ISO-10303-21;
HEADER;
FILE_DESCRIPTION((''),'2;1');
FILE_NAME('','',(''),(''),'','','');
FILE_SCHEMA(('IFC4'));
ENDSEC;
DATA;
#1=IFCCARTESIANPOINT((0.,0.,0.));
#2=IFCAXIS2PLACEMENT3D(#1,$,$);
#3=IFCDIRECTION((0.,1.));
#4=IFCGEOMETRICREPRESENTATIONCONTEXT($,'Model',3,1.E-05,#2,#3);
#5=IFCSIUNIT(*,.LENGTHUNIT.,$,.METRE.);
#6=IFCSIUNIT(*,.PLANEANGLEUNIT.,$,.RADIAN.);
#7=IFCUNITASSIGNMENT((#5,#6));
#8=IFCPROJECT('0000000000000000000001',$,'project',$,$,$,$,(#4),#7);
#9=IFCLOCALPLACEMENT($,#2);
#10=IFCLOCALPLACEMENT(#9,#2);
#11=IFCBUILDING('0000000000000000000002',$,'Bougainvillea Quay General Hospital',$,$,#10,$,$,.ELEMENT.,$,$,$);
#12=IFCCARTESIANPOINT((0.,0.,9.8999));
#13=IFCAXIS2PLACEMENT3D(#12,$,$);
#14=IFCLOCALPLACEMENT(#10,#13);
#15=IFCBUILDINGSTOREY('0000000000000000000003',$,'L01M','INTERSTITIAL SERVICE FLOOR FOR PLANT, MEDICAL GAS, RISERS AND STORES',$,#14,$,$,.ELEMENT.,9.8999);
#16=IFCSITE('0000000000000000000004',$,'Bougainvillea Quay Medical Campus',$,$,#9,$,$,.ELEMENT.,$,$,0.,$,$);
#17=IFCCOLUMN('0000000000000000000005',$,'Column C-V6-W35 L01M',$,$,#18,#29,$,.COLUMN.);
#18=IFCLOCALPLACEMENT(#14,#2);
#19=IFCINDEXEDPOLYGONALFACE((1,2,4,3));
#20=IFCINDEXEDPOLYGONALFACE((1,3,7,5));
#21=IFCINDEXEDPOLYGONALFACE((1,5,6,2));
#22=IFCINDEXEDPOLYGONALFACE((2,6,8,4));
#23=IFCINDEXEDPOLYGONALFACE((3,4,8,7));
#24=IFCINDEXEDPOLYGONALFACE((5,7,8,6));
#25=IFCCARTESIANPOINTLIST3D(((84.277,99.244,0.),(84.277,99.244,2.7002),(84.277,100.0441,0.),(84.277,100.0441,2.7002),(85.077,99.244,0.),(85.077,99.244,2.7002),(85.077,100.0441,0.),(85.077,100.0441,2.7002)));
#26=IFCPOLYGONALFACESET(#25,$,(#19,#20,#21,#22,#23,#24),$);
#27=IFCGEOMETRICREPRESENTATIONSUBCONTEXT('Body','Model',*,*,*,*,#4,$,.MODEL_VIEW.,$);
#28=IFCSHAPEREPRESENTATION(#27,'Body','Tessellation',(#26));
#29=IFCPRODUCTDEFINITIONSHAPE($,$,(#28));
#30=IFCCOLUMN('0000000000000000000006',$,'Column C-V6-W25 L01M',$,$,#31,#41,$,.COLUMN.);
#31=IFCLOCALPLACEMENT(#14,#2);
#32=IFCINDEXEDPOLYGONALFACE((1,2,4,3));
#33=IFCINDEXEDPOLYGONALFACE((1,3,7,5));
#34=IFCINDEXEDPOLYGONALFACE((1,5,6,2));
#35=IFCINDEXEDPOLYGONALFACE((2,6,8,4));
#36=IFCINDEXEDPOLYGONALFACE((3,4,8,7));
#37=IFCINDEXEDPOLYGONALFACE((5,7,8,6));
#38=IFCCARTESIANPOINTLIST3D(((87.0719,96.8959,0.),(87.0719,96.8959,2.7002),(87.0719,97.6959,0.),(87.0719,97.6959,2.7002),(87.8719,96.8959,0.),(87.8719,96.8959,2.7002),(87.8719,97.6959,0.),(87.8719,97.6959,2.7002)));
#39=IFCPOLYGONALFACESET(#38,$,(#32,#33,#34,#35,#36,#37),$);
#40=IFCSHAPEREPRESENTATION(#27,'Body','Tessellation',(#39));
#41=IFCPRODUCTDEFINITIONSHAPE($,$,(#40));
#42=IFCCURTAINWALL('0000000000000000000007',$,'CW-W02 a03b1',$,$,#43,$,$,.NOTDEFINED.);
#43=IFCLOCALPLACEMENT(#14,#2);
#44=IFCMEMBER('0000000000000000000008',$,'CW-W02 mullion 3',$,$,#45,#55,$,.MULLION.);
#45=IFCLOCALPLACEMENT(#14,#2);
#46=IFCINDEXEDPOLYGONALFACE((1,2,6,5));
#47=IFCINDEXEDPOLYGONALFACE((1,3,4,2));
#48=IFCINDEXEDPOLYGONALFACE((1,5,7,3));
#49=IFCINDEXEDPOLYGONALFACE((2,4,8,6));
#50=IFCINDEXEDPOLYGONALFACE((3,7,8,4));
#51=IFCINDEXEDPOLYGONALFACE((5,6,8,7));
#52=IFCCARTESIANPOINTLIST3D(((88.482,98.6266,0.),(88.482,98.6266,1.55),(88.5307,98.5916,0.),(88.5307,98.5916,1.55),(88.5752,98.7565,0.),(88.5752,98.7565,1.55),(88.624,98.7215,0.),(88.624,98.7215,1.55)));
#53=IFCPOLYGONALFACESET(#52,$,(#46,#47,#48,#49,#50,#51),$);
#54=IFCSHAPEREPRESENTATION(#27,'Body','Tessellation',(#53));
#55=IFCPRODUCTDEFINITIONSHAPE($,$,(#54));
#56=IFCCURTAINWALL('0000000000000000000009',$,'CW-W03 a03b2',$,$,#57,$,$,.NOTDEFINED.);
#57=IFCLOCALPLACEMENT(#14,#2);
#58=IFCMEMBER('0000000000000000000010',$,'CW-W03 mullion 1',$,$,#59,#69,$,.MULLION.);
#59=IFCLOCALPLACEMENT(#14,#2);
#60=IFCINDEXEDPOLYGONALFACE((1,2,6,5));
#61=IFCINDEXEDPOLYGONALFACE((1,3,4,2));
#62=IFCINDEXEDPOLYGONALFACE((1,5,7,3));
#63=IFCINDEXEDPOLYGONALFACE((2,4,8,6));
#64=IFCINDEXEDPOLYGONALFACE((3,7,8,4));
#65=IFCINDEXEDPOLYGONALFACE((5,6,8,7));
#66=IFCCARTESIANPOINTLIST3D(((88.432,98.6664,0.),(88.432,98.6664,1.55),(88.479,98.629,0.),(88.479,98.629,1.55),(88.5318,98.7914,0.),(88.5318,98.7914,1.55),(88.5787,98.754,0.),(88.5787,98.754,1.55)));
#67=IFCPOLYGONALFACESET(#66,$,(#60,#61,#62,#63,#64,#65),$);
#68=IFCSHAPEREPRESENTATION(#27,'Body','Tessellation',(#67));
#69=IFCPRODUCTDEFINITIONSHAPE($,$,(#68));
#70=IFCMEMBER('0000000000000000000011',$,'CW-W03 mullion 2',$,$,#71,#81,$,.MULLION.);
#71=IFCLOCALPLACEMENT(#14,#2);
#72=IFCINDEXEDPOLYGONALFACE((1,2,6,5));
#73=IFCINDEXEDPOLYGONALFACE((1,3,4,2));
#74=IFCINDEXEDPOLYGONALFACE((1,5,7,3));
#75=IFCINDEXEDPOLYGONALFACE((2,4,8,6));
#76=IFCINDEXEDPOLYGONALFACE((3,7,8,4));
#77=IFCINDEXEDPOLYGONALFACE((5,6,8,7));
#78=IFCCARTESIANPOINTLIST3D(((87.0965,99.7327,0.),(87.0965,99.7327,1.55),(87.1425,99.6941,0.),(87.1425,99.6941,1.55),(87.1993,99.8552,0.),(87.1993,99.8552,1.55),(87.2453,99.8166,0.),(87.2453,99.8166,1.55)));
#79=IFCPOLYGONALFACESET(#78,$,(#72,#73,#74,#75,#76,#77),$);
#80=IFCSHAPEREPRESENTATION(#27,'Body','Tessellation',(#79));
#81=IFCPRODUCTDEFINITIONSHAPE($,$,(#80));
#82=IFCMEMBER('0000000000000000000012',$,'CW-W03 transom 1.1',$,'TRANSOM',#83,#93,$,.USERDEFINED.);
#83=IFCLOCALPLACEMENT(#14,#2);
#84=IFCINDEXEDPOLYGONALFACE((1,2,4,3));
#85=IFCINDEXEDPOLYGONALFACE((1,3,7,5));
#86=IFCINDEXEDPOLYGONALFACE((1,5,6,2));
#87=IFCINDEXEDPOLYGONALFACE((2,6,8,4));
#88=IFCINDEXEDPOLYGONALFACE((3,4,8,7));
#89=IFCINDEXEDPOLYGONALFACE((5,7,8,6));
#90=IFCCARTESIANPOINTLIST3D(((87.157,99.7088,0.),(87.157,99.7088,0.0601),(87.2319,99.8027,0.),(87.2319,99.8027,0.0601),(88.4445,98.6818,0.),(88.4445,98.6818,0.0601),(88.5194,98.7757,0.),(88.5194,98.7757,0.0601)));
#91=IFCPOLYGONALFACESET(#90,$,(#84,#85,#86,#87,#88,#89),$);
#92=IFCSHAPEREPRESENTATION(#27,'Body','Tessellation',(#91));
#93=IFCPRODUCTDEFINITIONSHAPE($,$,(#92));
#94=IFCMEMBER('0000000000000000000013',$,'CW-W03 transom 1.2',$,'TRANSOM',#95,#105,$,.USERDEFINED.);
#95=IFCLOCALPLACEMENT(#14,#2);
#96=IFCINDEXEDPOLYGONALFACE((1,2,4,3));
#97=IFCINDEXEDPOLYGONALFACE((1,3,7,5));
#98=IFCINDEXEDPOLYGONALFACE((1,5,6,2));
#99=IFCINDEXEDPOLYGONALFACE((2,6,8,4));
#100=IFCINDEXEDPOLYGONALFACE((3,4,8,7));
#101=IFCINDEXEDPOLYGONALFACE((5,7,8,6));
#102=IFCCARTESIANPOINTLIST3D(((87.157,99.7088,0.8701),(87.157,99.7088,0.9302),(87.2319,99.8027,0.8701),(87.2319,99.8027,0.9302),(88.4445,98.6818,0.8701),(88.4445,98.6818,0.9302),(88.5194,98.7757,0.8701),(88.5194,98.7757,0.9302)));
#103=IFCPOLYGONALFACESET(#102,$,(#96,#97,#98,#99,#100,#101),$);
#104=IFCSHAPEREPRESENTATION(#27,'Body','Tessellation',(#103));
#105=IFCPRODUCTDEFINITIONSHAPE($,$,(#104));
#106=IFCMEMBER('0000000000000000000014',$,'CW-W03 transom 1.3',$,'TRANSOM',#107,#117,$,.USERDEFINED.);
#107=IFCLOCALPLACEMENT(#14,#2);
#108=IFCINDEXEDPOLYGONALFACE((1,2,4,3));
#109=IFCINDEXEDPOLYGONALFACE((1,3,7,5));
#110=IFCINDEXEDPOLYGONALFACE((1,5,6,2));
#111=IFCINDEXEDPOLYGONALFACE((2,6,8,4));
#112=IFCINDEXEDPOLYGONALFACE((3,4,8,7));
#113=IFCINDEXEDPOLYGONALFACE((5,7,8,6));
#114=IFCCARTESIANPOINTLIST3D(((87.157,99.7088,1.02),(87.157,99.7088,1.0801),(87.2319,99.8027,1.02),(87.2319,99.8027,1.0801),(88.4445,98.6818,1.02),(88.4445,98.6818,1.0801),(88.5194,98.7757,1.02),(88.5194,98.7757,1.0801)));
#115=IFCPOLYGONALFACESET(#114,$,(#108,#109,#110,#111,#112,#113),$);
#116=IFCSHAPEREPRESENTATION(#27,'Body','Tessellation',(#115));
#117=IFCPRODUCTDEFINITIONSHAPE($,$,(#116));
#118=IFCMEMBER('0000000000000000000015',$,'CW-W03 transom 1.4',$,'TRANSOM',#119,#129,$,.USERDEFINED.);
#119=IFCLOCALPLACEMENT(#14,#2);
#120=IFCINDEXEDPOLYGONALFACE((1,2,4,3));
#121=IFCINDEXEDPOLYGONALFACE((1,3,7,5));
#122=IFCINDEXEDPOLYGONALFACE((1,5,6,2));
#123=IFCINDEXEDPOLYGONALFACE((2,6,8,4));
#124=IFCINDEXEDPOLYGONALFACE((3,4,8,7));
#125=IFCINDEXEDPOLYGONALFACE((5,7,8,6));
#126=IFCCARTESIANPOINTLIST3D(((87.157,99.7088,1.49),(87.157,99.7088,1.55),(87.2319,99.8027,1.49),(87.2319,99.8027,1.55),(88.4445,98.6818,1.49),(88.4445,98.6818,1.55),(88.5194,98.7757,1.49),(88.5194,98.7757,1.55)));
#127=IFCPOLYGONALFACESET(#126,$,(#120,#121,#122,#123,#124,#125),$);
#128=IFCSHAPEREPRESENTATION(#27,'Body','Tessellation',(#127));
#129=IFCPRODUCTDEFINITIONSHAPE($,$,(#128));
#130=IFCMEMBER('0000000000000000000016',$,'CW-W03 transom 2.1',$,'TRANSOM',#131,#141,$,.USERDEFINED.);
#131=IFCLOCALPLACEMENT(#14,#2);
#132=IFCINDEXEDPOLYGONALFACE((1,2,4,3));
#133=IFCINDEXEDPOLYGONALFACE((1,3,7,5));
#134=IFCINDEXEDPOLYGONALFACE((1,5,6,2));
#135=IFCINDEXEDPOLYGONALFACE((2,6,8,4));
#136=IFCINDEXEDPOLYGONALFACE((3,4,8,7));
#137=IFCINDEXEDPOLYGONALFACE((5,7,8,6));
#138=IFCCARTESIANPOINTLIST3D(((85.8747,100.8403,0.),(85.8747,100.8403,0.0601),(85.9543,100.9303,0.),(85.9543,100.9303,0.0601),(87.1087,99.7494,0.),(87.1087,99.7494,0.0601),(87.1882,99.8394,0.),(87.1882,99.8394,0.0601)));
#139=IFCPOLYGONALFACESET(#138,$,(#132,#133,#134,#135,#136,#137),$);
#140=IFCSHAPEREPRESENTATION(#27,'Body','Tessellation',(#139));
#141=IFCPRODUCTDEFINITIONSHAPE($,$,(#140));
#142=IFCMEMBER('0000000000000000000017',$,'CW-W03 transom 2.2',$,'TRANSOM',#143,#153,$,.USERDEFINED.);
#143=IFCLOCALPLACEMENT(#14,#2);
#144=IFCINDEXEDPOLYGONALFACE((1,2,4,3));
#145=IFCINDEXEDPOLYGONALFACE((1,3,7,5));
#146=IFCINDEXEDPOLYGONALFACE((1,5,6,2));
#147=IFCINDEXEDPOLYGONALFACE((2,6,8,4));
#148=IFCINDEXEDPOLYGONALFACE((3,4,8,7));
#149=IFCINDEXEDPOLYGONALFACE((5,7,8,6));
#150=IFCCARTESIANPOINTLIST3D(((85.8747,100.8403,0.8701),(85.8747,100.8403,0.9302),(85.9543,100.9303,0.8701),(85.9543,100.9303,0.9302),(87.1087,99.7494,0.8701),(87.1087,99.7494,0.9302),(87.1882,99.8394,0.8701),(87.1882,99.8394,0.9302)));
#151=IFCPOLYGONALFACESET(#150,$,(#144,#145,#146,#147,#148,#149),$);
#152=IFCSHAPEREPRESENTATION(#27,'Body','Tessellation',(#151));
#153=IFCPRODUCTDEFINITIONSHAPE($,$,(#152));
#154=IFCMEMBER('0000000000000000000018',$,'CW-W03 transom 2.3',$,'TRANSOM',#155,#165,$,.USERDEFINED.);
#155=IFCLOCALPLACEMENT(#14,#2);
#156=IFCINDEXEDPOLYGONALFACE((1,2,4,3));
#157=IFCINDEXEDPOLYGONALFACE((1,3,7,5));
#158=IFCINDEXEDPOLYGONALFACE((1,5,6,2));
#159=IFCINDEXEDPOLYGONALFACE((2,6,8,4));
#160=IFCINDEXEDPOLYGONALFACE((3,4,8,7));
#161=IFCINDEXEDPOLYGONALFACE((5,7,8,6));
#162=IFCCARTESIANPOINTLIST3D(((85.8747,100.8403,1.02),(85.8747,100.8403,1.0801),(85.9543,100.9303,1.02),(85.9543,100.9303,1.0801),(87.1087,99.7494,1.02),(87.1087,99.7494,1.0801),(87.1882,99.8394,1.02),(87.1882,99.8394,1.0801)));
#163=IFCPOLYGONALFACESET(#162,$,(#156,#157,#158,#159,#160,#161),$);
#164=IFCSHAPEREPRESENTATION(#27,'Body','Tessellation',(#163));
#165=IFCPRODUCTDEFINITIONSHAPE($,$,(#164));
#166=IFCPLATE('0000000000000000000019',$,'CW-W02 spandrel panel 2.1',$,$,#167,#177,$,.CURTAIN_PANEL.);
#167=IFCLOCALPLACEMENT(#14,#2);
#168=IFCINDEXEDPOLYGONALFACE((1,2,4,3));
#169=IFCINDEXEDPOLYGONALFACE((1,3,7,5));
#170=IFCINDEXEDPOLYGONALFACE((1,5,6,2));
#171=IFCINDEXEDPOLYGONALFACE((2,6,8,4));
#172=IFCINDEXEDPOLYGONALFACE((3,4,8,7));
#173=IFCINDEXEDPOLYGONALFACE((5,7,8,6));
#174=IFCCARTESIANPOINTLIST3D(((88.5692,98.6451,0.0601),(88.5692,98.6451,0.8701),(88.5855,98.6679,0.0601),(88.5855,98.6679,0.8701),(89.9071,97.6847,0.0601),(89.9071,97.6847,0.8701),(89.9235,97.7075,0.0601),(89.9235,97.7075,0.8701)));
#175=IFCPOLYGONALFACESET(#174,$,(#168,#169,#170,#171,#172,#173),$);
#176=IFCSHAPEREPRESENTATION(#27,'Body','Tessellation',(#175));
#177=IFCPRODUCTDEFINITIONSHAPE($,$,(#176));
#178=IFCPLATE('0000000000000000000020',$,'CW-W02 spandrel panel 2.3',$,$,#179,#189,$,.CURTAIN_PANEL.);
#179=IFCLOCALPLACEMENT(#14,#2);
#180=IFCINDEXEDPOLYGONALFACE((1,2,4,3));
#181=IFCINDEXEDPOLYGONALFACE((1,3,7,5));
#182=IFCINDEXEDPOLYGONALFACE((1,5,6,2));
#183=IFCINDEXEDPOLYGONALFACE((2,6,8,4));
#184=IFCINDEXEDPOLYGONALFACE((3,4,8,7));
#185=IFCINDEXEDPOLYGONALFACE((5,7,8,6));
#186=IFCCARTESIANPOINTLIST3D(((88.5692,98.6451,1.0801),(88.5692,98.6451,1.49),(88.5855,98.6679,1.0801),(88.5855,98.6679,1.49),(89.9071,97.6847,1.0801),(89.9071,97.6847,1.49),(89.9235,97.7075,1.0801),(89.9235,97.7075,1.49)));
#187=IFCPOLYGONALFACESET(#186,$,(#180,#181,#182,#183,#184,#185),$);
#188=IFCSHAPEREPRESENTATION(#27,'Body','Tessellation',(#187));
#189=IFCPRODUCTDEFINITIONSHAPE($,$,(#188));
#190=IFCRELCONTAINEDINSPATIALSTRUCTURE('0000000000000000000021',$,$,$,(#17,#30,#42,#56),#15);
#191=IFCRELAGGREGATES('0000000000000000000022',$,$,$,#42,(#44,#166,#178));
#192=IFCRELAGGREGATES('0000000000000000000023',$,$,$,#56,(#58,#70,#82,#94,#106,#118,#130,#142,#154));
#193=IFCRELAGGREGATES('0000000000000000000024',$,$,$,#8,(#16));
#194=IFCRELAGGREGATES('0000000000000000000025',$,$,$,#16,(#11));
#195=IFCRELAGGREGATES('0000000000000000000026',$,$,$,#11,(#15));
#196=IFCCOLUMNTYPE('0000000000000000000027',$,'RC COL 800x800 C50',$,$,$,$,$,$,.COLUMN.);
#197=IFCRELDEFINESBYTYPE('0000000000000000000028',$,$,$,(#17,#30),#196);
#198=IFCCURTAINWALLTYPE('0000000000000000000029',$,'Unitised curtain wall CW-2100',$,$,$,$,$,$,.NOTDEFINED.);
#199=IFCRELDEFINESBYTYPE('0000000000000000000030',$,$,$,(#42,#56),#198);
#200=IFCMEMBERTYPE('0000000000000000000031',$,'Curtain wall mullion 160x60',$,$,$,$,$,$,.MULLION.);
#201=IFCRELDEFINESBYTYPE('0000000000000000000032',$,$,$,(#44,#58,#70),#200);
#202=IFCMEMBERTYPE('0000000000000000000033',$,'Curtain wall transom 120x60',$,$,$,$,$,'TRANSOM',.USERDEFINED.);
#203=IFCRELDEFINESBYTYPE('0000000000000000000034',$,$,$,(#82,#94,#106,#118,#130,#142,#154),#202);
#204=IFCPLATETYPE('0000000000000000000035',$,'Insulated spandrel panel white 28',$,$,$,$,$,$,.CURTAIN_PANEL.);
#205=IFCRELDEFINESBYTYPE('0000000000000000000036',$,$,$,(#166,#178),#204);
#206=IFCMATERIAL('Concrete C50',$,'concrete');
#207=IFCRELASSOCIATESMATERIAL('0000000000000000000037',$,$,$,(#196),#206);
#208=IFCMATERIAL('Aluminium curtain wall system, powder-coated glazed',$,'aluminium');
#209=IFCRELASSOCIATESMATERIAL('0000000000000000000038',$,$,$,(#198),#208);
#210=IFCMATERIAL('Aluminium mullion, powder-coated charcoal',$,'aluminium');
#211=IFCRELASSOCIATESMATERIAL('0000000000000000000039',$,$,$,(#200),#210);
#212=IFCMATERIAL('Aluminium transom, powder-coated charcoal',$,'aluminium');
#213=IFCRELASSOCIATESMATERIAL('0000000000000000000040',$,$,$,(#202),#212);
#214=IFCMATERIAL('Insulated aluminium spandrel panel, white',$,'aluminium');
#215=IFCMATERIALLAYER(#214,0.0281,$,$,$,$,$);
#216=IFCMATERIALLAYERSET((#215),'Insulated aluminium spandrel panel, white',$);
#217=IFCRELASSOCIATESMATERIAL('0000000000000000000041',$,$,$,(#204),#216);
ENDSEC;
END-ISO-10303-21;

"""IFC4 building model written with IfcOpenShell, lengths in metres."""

from ifc_helpers import new_model, si_unit, direction, frame, origin, origin_2d, place, context, subcontext, project, spatial, rectangle, extrude, material, layer, layer_set, material_profile, profile_set, type_object, element, aggregate, save


model = new_model("IFC4")

# Units and contexts
model_context = context("Model", 3, precision=1e-05, world=origin(), true_north=direction((0.0, 1.0)))
body_context = subcontext(model_context, "Body", "Model", "MODEL_VIEW")
ifc_project = project(units=[si_unit("LENGTHUNIT", "METRE"), si_unit("PLANEANGLEUNIT", "RADIAN")], contexts=[model_context])

# Site, building, storey
site_placement = place(None, origin())
site = spatial("IfcSite", under=ifc_project, at=site_placement, Name="Bougainvillea Quay Medical Campus", CompositionType="ELEMENT", RefElevation=0.0)
building_placement = place(site_placement, origin())
building = spatial("IfcBuilding", under=site, at=building_placement, Name="Bougainvillea Quay General Hospital", CompositionType="ELEMENT")
storey_placement = place(building_placement, frame((0.0, 0.0, 9.8999)))
storey = spatial("IfcBuildingStorey", under=building, at=storey_placement, Name="L01M", Description="INTERSTITIAL SERVICE FLOOR FOR PLANT, MEDICAL GAS, RISERS AND STORES", CompositionType="ELEMENT", Elevation=9.8999)

# Columns
ifc_material_1 = material(Name="Concrete C50", Category="concrete")
ifc_material_profile_1 = material_profile(ifc_material_1, rectangle(XDim=0.8, YDim=0.8, at=origin_2d()))
ifc_profile_set_1 = profile_set([ifc_material_profile_1], Name="Concrete C50")
column_type = type_object("IfcColumnType", Name="RC COL 800x800 C50", PredefinedType="COLUMN", material=ifc_profile_set_1)
for number, where, z_axis, x_axis, name in (
    (1, (84.677, 99.644, 0.0), (0.0, 0.0, 1.0), (1.0, 0.0, 0.0), "Column C-V6-W35 L01M"),
    (2, (87.4719, 97.2959, 0.0), (0.0, 0.0, 1.0), (1.0, 0.0, 0.0), "Column C-V6-W25 L01M"),
):
    element("IfcColumn", number, at=place(storey_placement, frame(where, z_axis=z_axis, x_axis=x_axis)), inside=storey, type_object=column_type, Name=name, PredefinedType="COLUMN", context=body_context, shape_type="SweptSolid", body=[
        extrude(rectangle(XDim=0.8, YDim=0.8, at=origin_2d()), origin(), (0.0, 0.0, 1.0), 2.7002),
    ])

# Curtain wall, member
ifc_material_2 = material(Name="Aluminium curtain wall system, powder-coated glazed", Category="aluminium")
curtain_wall_type = type_object("IfcCurtainWallType", Name="Unitised curtain wall CW-2100", PredefinedType="NOTDEFINED", material=ifc_material_2)
curtain_wall_1_placement = place(storey_placement, origin())
curtain_wall_1 = element("IfcCurtainWall", 3, at=curtain_wall_1_placement, inside=storey, type_object=curtain_wall_type, Name="CW-W02 a03b1", PredefinedType="NOTDEFINED")
ifc_material_3 = material(Name="Aluminium mullion, powder-coated charcoal", Category="aluminium")
ifc_material_profile_2 = material_profile(ifc_material_3, rectangle(XDim=0.1599, YDim=0.0601, at=origin_2d()))
ifc_profile_set_2 = profile_set([ifc_material_profile_2], Name="Aluminium mullion, powder-coated charcoal")
member_type_1 = type_object("IfcMemberType", Name="Curtain wall mullion 160x60", PredefinedType="MULLION", material=ifc_profile_set_2)
member_1_placement = place(storey_placement, frame((88.553, 98.6741, 0.0), z_axis=(0.0, 0.0, 1.0), x_axis=(-0.58313, -0.812379, 0.0)))
member_1 = element("IfcMember", 4, at=member_1_placement, type_object=member_type_1, Name="CW-W02 mullion 3", PredefinedType="MULLION", context=body_context, shape_type="SweptSolid", body=[
    extrude(rectangle(XDim=0.1599, YDim=0.0601, at=origin_2d()), origin(), (0.0, 0.0, 1.0), 1.55),
])

# Curtain wall, members
curtain_wall_2_placement = place(storey_placement, origin())
curtain_wall_2 = element("IfcCurtainWall", 5, at=curtain_wall_2_placement, inside=storey, type_object=curtain_wall_type, Name="CW-W03 a03b2", PredefinedType="NOTDEFINED")
member_2_placement = place(storey_placement, frame((88.5054, 98.7102, 0.0), z_axis=(0.0, 0.0, 1.0), x_axis=(-0.623566, -0.781771, 0.0)))
member_2 = element("IfcMember", 6, at=member_2_placement, type_object=member_type_1, Name="CW-W03 mullion 1", PredefinedType="MULLION", context=body_context, shape_type="SweptSolid", body=[
    extrude(rectangle(XDim=0.1599, YDim=0.0601, at=origin_2d()), origin(), (0.0, 0.0, 1.0), 1.55),
])
member_3_placement = place(storey_placement, frame((87.1709, 99.7747, 0.0), z_axis=(0.0, 0.0, 1.0), x_axis=(-0.643189, -0.765708, 0.0)))
member_3 = element("IfcMember", 7, at=member_3_placement, type_object=member_type_1, Name="CW-W03 mullion 2", PredefinedType="MULLION", context=body_context, shape_type="SweptSolid", body=[
    extrude(rectangle(XDim=0.1599, YDim=0.0601, at=origin_2d()), origin(), (0.0, 0.0, 1.0), 1.55),
])
ifc_material_4 = material(Name="Aluminium transom, powder-coated charcoal", Category="aluminium")
ifc_material_profile_3 = material_profile(ifc_material_4, rectangle(XDim=0.1201, YDim=0.0601, at=origin_2d()))
ifc_profile_set_3 = profile_set([ifc_material_profile_3], Name="Aluminium transom, powder-coated charcoal")
member_type_2 = type_object("IfcMemberType", Name="Curtain wall transom 120x60", ElementType="TRANSOM", PredefinedType="USERDEFINED", material=ifc_profile_set_3)
member_4_placement = place(storey_placement, frame((88.4819, 98.7288, 0.03), z_axis=(-0.78175, 0.623592, 0.0), x_axis=(-0.623592, -0.78175, 0.0)))
member_4 = element("IfcMember", 8, at=member_4_placement, type_object=member_type_2, Name="CW-W03 transom 1.1", ObjectType="TRANSOM", PredefinedType="USERDEFINED", context=body_context, shape_type="SweptSolid", body=[
    extrude(rectangle(XDim=0.1201, YDim=0.0601, at=origin_2d()), origin(), (0.0, 0.0, 1.0), 1.647),
])
member_5_placement = place(storey_placement, frame((88.4819, 98.7288, 0.9001), z_axis=(-0.78175, 0.623592, 0.0), x_axis=(-0.623592, -0.78175, 0.0)))
member_5 = element("IfcMember", 9, at=member_5_placement, type_object=member_type_2, Name="CW-W03 transom 1.2", ObjectType="TRANSOM", PredefinedType="USERDEFINED", context=body_context, shape_type="SweptSolid", body=[
    extrude(rectangle(XDim=0.1201, YDim=0.0601, at=origin_2d()), origin(), (0.0, 0.0, 1.0), 1.647),
])
member_6_placement = place(storey_placement, frame((88.4819, 98.7288, 1.05), z_axis=(-0.78175, 0.623592, 0.0), x_axis=(-0.623592, -0.78175, 0.0)))
member_6 = element("IfcMember", 10, at=member_6_placement, type_object=member_type_2, Name="CW-W03 transom 1.3", ObjectType="TRANSOM", PredefinedType="USERDEFINED", context=body_context, shape_type="SweptSolid", body=[
    extrude(rectangle(XDim=0.1201, YDim=0.0601, at=origin_2d()), origin(), (0.0, 0.0, 1.0), 1.647),
])
member_7_placement = place(storey_placement, frame((88.4819, 98.7288, 1.52), z_axis=(-0.78175, 0.623592, 0.0), x_axis=(-0.623592, -0.78175, 0.0)))
member_7 = element("IfcMember", 11, at=member_7_placement, type_object=member_type_2, Name="CW-W03 transom 1.4", ObjectType="TRANSOM", PredefinedType="USERDEFINED", context=body_context, shape_type="SweptSolid", body=[
    extrude(rectangle(XDim=0.1201, YDim=0.0601, at=origin_2d()), origin(), (0.0, 0.0, 1.0), 1.647),
])
member_8_placement = place(storey_placement, frame((87.1484, 99.7944, 0.03), z_axis=(-0.749206, 0.662337, 0.0), x_axis=(-0.662337, -0.749206, 0.0)))
member_8 = element("IfcMember", 12, at=member_8_placement, type_object=member_type_2, Name="CW-W03 transom 2.1", ObjectType="TRANSOM", PredefinedType="USERDEFINED", context=body_context, shape_type="SweptSolid", body=[
    extrude(rectangle(XDim=0.1201, YDim=0.0601, at=origin_2d()), origin(), (0.0, 0.0, 1.0), 1.647),
])
member_9_placement = place(storey_placement, frame((87.1484, 99.7944, 0.9001), z_axis=(-0.749206, 0.662337, 0.0), x_axis=(-0.662337, -0.749206, 0.0)))
member_9 = element("IfcMember", 13, at=member_9_placement, type_object=member_type_2, Name="CW-W03 transom 2.2", ObjectType="TRANSOM", PredefinedType="USERDEFINED", context=body_context, shape_type="SweptSolid", body=[
    extrude(rectangle(XDim=0.1201, YDim=0.0601, at=origin_2d()), origin(), (0.0, 0.0, 1.0), 1.647),
])
member_10_placement = place(storey_placement, frame((87.1484, 99.7944, 1.05), z_axis=(-0.749206, 0.662337, 0.0), x_axis=(-0.662337, -0.749206, 0.0)))
member_10 = element("IfcMember", 14, at=member_10_placement, type_object=member_type_2, Name="CW-W03 transom 2.3", ObjectType="TRANSOM", PredefinedType="USERDEFINED", context=body_context, shape_type="SweptSolid", body=[
    extrude(rectangle(XDim=0.1201, YDim=0.0601, at=origin_2d()), origin(), (0.0, 0.0, 1.0), 1.647),
])

# Plates
ifc_material_5 = material(Name="Insulated aluminium spandrel panel, white", Category="aluminium")
ifc_layer_1 = layer(ifc_material_5, 0.0281)
ifc_layer_set_1 = layer_set([ifc_layer_1], Name="Insulated aluminium spandrel panel, white")
plate_type_1 = type_object("IfcPlateType", Name="Insulated spandrel panel white 28", PredefinedType="CURTAIN_PANEL", material=ifc_layer_set_1)
plate_1_placement = place(storey_placement, frame((89.2463, 98.1763, 0.0601), z_axis=(0.0, 0.0, 1.0), x_axis=(-0.812379, 0.58313, 0.0)))
plate_1 = element("IfcPlate", 15, at=plate_1_placement, type_object=plate_type_1, Name="CW-W02 spandrel panel 2.1", PredefinedType="CURTAIN_PANEL", context=body_context, shape_type="SweptSolid", body=[
    extrude(rectangle(XDim=1.647, YDim=0.0281, at=origin_2d()), origin(), (0.0, 0.0, 1.0), 0.8101),
])
plate_2_placement = place(storey_placement, frame((89.2463, 98.1763, 1.0801), z_axis=(0.0, 0.0, 1.0), x_axis=(-0.812379, 0.58313, 0.0)))
plate_2 = element("IfcPlate", 16, at=plate_2_placement, type_object=plate_type_1, Name="CW-W02 spandrel panel 2.3", PredefinedType="CURTAIN_PANEL", context=body_context, shape_type="SweptSolid", body=[
    extrude(rectangle(XDim=1.647, YDim=0.0281, at=origin_2d()), origin(), (0.0, 0.0, 1.0), 0.4099),
])
aggregate(curtain_wall_1, [member_1, plate_1, plate_2])
aggregate(curtain_wall_2, [member_2, member_3, member_4, member_5, member_6, member_7, member_8, member_9, member_10])

save(model, "model.ifc")
